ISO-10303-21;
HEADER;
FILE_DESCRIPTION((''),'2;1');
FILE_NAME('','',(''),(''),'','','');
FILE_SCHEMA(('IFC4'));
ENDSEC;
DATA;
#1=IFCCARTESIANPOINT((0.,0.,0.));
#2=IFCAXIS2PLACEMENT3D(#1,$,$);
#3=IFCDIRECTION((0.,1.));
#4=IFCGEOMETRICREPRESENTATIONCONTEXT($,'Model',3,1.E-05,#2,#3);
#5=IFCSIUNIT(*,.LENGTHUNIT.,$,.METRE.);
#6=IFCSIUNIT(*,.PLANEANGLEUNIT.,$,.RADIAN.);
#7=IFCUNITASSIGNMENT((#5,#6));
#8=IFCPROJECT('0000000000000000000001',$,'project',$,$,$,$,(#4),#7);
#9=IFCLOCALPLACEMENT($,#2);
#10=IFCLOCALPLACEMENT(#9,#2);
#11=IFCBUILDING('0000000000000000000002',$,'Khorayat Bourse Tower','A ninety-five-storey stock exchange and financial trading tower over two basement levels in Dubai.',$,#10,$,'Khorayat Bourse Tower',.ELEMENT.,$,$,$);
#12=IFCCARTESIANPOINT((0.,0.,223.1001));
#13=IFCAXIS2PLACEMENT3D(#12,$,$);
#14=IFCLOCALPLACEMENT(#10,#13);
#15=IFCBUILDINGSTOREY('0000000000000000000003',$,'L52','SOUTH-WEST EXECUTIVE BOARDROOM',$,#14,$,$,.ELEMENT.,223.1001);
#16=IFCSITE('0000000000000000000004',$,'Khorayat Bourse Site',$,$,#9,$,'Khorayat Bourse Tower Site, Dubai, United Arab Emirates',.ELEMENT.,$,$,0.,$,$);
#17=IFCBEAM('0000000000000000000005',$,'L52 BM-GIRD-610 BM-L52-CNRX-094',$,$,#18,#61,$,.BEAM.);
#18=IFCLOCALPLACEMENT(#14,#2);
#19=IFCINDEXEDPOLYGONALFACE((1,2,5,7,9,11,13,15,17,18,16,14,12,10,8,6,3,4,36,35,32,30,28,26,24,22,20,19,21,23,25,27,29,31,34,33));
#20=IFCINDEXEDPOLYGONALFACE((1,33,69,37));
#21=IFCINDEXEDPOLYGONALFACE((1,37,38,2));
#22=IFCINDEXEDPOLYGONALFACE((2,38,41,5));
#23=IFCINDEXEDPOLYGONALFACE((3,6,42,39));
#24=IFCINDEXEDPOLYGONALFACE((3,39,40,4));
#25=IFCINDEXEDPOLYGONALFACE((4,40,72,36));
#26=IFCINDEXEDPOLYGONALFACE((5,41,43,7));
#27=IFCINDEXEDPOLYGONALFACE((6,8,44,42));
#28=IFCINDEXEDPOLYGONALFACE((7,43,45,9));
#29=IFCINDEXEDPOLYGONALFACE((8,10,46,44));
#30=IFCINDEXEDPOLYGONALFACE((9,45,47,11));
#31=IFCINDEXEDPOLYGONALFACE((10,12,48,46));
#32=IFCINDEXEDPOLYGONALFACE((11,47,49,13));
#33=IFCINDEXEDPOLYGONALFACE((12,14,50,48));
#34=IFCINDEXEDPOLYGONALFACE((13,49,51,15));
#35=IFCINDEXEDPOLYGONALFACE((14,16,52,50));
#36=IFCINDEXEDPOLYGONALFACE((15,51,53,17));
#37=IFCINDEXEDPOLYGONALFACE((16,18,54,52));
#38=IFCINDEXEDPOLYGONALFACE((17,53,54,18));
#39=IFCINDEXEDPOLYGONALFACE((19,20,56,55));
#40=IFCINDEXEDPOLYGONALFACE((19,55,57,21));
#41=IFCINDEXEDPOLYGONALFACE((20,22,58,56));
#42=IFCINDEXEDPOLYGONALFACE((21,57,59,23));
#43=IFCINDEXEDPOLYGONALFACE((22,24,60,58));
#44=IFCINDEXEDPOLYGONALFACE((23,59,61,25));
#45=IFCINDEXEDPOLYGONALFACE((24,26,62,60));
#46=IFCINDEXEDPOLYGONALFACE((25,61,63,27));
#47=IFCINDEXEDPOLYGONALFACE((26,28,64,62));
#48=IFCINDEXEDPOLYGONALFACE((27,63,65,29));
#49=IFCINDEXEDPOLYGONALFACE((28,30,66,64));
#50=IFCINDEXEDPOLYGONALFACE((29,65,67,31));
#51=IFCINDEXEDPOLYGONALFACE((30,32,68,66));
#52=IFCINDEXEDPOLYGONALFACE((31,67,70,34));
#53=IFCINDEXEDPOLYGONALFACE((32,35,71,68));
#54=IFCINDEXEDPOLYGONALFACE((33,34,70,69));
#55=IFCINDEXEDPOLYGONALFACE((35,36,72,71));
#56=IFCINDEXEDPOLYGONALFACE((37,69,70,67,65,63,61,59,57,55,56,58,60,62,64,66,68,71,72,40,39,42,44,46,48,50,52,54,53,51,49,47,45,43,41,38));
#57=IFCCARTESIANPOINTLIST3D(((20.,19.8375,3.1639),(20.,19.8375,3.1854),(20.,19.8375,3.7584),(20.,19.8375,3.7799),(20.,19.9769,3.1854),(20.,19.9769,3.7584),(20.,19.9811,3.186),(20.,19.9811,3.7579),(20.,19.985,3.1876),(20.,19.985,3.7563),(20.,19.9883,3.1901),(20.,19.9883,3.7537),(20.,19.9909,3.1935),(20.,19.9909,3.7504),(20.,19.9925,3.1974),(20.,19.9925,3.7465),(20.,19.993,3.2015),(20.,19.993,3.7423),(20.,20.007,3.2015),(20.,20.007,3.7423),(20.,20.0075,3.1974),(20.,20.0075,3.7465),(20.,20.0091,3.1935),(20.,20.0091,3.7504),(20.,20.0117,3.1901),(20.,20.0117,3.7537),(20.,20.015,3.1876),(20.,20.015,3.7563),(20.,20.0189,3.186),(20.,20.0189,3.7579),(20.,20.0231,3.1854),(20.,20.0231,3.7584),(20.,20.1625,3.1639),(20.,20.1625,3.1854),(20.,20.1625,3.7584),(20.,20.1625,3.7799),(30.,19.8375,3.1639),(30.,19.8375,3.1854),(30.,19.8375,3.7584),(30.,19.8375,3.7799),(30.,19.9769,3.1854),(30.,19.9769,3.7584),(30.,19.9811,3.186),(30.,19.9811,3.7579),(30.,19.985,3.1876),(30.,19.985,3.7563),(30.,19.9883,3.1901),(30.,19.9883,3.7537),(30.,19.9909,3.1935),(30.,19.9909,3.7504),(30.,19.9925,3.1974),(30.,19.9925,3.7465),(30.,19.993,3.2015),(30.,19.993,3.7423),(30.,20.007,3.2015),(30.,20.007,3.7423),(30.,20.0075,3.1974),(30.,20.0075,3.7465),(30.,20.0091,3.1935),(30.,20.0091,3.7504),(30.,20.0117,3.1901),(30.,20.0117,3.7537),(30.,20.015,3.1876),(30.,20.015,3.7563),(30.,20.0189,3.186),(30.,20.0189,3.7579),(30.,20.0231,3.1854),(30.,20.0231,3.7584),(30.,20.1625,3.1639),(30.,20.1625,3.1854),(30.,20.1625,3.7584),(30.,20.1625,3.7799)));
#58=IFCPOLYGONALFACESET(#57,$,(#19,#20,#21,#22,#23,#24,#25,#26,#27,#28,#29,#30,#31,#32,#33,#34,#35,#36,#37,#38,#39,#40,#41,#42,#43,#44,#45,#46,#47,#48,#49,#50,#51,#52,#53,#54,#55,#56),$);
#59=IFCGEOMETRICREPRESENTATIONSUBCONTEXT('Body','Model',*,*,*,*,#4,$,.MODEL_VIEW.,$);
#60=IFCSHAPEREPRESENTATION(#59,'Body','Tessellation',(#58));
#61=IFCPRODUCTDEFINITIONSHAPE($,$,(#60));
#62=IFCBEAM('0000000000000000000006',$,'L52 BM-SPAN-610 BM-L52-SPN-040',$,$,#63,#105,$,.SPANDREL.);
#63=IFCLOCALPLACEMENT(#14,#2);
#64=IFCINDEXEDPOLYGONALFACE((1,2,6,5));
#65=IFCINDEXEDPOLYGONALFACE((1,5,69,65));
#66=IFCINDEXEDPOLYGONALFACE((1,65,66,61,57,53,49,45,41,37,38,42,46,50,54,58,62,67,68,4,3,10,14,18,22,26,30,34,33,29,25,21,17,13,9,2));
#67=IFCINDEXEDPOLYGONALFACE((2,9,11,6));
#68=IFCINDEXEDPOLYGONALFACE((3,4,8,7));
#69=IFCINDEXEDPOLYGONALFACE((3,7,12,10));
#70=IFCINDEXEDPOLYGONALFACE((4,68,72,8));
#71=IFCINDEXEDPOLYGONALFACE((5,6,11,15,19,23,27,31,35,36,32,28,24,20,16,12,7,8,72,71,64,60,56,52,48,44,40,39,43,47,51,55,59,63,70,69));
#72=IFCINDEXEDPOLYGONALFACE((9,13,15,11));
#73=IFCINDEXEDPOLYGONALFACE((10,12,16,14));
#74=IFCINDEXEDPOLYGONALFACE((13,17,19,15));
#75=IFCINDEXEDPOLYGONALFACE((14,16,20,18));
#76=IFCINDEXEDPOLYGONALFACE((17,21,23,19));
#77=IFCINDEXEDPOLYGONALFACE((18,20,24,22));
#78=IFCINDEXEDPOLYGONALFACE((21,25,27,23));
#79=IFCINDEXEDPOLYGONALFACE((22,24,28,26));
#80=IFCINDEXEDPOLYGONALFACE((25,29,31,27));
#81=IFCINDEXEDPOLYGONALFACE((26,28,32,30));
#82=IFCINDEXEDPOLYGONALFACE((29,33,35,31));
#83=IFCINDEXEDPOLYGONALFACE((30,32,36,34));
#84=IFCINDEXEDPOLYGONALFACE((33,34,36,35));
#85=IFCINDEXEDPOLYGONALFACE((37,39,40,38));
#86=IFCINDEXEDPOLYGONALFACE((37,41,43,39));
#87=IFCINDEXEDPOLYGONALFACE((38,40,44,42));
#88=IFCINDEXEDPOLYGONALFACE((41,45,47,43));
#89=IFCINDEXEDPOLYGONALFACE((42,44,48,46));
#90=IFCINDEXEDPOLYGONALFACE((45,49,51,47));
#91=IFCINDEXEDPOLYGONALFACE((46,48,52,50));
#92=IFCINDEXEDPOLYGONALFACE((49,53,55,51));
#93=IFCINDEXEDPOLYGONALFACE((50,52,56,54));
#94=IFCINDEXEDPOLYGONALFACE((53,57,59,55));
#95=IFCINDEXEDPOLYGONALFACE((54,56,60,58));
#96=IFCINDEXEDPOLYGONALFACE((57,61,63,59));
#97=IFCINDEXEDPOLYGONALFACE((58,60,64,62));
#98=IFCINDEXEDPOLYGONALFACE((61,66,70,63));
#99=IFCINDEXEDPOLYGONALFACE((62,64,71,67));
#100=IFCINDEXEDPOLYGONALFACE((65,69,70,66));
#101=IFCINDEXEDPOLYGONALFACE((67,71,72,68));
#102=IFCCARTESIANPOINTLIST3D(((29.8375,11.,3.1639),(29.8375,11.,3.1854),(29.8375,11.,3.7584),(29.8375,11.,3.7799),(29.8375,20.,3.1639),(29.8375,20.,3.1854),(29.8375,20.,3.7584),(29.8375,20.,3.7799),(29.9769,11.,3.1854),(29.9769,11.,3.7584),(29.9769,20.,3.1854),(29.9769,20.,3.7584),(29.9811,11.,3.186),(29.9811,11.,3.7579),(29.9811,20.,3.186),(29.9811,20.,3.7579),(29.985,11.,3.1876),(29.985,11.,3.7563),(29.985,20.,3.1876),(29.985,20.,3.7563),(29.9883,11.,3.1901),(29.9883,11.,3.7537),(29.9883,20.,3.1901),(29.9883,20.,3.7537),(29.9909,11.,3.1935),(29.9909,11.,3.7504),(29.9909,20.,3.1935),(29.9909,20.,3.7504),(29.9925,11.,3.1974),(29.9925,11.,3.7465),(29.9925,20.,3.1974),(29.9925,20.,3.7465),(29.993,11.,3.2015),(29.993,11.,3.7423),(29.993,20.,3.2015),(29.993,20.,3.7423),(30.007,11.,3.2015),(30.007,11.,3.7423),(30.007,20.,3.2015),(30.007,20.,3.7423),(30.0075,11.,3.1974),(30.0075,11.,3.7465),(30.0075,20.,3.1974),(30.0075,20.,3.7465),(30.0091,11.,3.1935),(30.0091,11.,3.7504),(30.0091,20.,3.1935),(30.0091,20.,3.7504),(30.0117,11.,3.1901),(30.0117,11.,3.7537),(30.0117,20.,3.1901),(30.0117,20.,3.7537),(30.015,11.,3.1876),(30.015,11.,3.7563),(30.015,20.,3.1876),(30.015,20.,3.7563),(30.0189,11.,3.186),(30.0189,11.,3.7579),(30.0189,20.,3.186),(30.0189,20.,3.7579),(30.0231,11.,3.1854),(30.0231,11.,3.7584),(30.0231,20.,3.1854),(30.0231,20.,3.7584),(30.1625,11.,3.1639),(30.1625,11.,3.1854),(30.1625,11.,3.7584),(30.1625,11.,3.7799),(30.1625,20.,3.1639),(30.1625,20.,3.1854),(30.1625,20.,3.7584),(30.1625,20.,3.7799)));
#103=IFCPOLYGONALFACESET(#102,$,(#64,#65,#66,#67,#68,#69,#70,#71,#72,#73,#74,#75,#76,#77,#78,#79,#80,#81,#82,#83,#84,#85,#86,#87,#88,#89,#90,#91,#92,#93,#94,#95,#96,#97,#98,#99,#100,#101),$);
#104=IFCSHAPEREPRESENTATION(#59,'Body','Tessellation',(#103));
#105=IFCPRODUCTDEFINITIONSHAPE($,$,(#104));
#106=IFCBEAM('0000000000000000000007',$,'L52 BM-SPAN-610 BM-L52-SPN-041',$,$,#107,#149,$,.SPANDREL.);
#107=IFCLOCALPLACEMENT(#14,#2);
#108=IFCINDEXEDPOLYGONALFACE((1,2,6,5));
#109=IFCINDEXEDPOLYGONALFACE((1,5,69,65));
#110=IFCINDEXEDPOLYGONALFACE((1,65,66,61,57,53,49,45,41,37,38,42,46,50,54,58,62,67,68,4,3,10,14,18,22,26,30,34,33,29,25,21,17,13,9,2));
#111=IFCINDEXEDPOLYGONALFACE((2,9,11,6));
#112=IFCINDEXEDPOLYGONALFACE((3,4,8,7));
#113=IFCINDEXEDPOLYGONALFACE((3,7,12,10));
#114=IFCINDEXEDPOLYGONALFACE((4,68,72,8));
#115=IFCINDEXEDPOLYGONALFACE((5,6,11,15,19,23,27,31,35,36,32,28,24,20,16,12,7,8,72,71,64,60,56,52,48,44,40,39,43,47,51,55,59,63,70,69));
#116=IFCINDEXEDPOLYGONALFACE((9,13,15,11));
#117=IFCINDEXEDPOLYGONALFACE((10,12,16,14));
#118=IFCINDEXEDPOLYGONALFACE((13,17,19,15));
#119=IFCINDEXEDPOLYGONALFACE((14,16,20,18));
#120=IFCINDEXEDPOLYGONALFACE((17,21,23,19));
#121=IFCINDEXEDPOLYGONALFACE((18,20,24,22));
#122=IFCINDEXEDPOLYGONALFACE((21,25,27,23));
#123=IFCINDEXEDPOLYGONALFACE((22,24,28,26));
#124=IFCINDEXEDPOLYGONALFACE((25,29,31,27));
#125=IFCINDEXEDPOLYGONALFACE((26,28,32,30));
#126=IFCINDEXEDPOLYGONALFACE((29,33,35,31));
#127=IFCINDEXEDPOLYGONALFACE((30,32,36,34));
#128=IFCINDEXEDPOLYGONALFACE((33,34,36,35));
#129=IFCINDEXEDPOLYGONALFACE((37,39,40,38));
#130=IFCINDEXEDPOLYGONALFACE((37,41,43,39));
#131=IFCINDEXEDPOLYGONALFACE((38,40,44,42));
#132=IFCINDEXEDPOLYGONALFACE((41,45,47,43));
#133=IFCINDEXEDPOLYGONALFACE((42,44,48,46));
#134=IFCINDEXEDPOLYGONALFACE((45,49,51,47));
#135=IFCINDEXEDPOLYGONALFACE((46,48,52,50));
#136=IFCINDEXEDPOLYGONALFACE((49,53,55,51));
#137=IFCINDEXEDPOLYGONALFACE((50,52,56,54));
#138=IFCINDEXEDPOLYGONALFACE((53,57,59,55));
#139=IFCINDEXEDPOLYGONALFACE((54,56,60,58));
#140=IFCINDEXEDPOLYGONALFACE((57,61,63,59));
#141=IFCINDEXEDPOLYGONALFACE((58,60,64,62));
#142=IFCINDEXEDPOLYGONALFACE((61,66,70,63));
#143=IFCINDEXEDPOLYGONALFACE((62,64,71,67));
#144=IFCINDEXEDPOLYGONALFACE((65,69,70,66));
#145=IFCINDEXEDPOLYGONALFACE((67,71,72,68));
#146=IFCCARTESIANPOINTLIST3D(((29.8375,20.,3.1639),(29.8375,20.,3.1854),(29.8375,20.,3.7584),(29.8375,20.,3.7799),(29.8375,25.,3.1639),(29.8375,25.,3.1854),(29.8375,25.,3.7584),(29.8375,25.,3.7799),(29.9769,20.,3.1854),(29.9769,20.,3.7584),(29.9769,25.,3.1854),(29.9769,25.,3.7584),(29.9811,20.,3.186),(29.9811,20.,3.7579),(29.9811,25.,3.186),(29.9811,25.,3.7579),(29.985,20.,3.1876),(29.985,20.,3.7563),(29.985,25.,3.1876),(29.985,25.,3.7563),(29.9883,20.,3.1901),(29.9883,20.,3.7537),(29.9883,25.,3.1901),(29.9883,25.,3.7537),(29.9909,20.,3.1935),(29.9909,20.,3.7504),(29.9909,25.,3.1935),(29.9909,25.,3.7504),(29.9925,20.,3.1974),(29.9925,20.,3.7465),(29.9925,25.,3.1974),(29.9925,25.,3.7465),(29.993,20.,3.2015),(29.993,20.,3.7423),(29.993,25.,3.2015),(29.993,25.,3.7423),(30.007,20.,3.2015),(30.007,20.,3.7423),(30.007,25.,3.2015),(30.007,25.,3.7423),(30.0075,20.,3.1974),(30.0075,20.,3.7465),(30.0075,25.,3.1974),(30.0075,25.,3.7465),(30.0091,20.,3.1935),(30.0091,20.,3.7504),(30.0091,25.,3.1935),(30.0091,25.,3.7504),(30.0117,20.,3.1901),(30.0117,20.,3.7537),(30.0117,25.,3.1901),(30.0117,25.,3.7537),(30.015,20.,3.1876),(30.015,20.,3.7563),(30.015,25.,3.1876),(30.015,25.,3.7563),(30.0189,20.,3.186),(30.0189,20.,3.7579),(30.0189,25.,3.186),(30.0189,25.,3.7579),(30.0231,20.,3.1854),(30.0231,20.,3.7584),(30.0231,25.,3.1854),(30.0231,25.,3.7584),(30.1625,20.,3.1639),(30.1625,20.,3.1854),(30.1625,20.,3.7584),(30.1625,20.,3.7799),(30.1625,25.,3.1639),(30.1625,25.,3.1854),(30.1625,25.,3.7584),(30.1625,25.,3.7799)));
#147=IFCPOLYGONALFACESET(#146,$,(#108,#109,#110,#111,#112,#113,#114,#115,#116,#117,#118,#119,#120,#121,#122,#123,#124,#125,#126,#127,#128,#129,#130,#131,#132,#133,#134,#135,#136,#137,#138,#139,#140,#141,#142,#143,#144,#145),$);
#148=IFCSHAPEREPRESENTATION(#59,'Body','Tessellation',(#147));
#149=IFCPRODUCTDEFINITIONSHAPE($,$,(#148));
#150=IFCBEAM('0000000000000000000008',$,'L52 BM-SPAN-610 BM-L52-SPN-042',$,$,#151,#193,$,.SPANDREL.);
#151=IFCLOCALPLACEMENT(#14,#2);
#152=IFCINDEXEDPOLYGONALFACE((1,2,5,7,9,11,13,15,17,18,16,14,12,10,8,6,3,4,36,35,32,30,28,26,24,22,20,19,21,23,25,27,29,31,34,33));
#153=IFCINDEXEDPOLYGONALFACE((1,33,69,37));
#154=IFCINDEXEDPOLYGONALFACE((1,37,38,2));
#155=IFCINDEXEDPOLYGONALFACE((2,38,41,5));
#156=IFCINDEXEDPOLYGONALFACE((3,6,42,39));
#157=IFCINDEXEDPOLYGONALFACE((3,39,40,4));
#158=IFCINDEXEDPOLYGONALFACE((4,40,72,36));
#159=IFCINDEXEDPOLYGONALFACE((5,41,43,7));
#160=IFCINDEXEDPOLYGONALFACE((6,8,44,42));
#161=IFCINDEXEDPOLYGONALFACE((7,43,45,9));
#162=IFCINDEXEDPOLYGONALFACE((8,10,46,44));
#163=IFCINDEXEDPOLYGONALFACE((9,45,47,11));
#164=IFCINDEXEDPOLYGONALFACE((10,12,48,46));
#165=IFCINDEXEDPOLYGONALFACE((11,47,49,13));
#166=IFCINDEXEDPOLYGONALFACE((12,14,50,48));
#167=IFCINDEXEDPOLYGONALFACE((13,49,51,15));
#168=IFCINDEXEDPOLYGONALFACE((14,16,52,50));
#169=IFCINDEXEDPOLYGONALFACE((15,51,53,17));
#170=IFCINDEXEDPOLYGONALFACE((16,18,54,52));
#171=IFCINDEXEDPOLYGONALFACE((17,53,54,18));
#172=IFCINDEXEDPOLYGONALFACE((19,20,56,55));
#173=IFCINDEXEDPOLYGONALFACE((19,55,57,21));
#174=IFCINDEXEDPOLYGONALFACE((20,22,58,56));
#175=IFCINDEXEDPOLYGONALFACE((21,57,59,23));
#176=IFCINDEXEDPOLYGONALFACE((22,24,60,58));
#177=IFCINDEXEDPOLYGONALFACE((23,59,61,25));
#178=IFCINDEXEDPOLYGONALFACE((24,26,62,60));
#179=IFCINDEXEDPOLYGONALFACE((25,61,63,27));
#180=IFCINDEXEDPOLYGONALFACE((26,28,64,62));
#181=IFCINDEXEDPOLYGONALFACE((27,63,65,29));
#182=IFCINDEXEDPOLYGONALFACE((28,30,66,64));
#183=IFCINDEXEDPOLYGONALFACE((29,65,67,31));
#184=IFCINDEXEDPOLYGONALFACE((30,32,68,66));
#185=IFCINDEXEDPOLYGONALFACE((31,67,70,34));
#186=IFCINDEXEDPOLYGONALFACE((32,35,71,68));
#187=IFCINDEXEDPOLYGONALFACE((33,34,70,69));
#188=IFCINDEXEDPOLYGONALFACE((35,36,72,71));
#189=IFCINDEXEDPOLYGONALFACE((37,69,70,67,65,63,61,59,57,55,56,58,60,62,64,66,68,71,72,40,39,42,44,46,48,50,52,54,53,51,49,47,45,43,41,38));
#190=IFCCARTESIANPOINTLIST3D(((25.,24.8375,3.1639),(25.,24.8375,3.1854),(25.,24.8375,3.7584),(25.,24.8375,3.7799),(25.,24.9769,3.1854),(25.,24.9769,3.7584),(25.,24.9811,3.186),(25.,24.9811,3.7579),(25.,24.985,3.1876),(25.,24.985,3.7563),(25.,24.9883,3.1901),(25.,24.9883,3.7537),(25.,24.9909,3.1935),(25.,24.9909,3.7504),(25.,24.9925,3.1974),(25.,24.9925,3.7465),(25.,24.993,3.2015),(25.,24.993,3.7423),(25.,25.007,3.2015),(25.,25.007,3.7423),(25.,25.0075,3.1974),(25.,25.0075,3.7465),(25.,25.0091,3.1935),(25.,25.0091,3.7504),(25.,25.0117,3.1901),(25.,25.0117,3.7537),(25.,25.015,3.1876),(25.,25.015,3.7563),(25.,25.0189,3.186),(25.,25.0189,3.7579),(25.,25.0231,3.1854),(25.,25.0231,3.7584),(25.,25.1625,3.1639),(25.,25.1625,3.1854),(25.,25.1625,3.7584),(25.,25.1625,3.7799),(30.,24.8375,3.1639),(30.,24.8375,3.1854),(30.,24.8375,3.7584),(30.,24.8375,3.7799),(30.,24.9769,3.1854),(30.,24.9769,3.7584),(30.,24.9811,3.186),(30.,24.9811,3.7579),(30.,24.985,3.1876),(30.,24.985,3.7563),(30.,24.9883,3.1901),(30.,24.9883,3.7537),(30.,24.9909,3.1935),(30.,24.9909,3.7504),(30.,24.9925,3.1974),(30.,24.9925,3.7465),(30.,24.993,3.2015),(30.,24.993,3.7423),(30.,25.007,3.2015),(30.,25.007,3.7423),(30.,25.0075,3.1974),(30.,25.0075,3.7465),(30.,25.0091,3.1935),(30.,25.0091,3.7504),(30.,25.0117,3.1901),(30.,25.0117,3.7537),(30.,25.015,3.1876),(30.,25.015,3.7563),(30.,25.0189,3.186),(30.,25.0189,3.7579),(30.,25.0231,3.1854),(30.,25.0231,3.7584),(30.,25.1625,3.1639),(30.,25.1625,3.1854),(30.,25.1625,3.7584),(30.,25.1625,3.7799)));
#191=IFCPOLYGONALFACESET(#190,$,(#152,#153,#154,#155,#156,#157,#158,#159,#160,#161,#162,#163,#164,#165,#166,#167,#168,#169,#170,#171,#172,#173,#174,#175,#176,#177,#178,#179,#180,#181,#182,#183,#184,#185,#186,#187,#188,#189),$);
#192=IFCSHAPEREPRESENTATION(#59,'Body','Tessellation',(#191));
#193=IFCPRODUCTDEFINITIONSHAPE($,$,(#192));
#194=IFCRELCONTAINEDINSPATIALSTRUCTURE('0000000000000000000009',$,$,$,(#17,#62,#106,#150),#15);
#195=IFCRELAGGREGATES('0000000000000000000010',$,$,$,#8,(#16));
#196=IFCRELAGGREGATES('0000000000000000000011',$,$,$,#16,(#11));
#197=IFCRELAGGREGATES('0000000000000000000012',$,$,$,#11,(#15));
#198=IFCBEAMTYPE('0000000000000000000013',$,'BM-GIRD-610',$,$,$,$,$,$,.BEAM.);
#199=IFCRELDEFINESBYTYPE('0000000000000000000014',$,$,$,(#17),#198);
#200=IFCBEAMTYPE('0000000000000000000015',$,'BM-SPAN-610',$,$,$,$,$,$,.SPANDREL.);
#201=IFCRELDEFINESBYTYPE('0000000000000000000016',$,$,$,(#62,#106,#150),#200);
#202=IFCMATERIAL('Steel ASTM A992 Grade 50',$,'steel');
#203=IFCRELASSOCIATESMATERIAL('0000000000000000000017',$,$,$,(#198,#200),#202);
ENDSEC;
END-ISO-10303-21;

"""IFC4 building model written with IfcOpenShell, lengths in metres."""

from ifc_helpers import new_model, si_unit, direction, frame, origin, origin_2d, place, context, subcontext, project, spatial, i_section, extrude, source, transform, mapped, material, material_profile, profile_set, type_object, element, save


model = new_model("IFC4")

# Units and contexts
model_context = context("Model", 3, precision=1e-05, world=origin(), true_north=direction((0.0, 1.0)))
body_context = subcontext(model_context, "Body", "Model", "MODEL_VIEW")
ifc_project = project(units=[si_unit("LENGTHUNIT", "METRE"), si_unit("PLANEANGLEUNIT", "RADIAN")], contexts=[model_context])

# Site, building, storey
site_placement = place(None, origin())
site = spatial("IfcSite", under=ifc_project, at=site_placement, Name="Khorayat Bourse Site", LongName="Khorayat Bourse Tower Site, Dubai, United Arab Emirates", CompositionType="ELEMENT", RefElevation=0.0)
building_placement = place(site_placement, origin())
building = spatial("IfcBuilding", under=site, at=building_placement, Name="Khorayat Bourse Tower", Description="A ninety-five-storey stock exchange and financial trading tower over two basement levels in Dubai.", LongName="Khorayat Bourse Tower", CompositionType="ELEMENT")
storey_placement = place(building_placement, frame((0.0, 0.0, 223.1001)))
storey = spatial("IfcBuildingStorey", under=building, at=storey_placement, Name="L52", Description="SOUTH-WEST EXECUTIVE BOARDROOM", CompositionType="ELEMENT", Elevation=223.1001)

# Beams
ifc_material_1 = material(Name="Steel ASTM A992 Grade 50", Category="steel")
ifc_material_profile_1 = material_profile(ifc_material_1, i_section(OverallWidth=0.325, OverallDepth=0.616, WebThickness=0.0139, FlangeThickness=0.0215, FilletRadius=0.0161, at=origin_2d()), Name="W610X174")
ifc_profile_set_1 = profile_set([ifc_material_profile_1], Name="Steel ASTM A992 Grade 50")
beam_type_1 = type_object("IfcBeamType", Name="BM-GIRD-610", PredefinedType="BEAM", material=ifc_profile_set_1)
shared_shape_1 = source(origin(), body_context, "Body", "SweptSolid", [
    extrude(i_section(OverallWidth=0.325, OverallDepth=0.616, WebThickness=0.0139, FlangeThickness=0.0215, FilletRadius=0.0161, at=origin_2d()), origin(), (0.0, 0.0, 1.0), 10.0),
])
beam_1_placement = place(storey_placement, frame((20.0, 20.0, 3.4719), z_axis=(1.0, 0.0, 0.0), x_axis=(0.0, 1.0, 0.0)))
element("IfcBeam", 1, at=beam_1_placement, inside=storey, type_object=beam_type_1, Name="L52 BM-GIRD-610 BM-L52-CNRX-094", PredefinedType="BEAM", context=body_context, shape_type="MappedRepresentation", body=[
    mapped(shared_shape_1, transform((0.0, 0.0, 0.0), scale=1.0)),
])
ifc_material_profile_2 = material_profile(ifc_material_1, i_section(OverallWidth=0.325, OverallDepth=0.616, WebThickness=0.0139, FlangeThickness=0.0215, FilletRadius=0.0161, at=origin_2d()), Name="W610X174")
ifc_profile_set_2 = profile_set([ifc_material_profile_2], Name="Steel ASTM A992 Grade 50")
beam_type_2 = type_object("IfcBeamType", Name="BM-SPAN-610", PredefinedType="SPANDREL", material=ifc_profile_set_2)
shared_shape_2 = source(origin(), body_context, "Body", "SweptSolid", [
    extrude(i_section(OverallWidth=0.325, OverallDepth=0.616, WebThickness=0.0139, FlangeThickness=0.0215, FilletRadius=0.0161, at=origin_2d()), origin(), (0.0, 0.0, 1.0), 9.0),
])
beam_2_placement = place(storey_placement, frame((30.0, 11.0, 3.4719), z_axis=(0.0, 1.0, 0.0), x_axis=(-1.0, 0.0, 0.0)))
element("IfcBeam", 2, at=beam_2_placement, inside=storey, type_object=beam_type_2, Name="L52 BM-SPAN-610 BM-L52-SPN-040", PredefinedType="SPANDREL", context=body_context, shape_type="MappedRepresentation", body=[
    mapped(shared_shape_2, transform((0.0, 0.0, 0.0), scale=1.0)),
])
shared_shape_3 = source(origin(), body_context, "Body", "SweptSolid", [
    extrude(i_section(OverallWidth=0.325, OverallDepth=0.616, WebThickness=0.0139, FlangeThickness=0.0215, FilletRadius=0.0161, at=origin_2d()), origin(), (0.0, 0.0, 1.0), 5.0),
])
for number, where, z_axis, x_axis, name in (
    (3, (30.0, 20.0, 3.4719), (0.0, 1.0, 0.0), (-1.0, 0.0, 0.0), "L52 BM-SPAN-610 BM-L52-SPN-041"),
    (4, (25.0, 25.0, 3.4719), (1.0, 0.0, 0.0), (0.0, 1.0, 0.0), "L52 BM-SPAN-610 BM-L52-SPN-042"),
):
    element("IfcBeam", number, at=place(storey_placement, frame(where, z_axis=z_axis, x_axis=x_axis)), inside=storey, type_object=beam_type_2, Name=name, PredefinedType="SPANDREL", context=body_context, shape_type="MappedRepresentation", body=[
        mapped(shared_shape_3, transform((0.0, 0.0, 0.0), scale=1.0)),
    ])

save(model, "model.ifc")
